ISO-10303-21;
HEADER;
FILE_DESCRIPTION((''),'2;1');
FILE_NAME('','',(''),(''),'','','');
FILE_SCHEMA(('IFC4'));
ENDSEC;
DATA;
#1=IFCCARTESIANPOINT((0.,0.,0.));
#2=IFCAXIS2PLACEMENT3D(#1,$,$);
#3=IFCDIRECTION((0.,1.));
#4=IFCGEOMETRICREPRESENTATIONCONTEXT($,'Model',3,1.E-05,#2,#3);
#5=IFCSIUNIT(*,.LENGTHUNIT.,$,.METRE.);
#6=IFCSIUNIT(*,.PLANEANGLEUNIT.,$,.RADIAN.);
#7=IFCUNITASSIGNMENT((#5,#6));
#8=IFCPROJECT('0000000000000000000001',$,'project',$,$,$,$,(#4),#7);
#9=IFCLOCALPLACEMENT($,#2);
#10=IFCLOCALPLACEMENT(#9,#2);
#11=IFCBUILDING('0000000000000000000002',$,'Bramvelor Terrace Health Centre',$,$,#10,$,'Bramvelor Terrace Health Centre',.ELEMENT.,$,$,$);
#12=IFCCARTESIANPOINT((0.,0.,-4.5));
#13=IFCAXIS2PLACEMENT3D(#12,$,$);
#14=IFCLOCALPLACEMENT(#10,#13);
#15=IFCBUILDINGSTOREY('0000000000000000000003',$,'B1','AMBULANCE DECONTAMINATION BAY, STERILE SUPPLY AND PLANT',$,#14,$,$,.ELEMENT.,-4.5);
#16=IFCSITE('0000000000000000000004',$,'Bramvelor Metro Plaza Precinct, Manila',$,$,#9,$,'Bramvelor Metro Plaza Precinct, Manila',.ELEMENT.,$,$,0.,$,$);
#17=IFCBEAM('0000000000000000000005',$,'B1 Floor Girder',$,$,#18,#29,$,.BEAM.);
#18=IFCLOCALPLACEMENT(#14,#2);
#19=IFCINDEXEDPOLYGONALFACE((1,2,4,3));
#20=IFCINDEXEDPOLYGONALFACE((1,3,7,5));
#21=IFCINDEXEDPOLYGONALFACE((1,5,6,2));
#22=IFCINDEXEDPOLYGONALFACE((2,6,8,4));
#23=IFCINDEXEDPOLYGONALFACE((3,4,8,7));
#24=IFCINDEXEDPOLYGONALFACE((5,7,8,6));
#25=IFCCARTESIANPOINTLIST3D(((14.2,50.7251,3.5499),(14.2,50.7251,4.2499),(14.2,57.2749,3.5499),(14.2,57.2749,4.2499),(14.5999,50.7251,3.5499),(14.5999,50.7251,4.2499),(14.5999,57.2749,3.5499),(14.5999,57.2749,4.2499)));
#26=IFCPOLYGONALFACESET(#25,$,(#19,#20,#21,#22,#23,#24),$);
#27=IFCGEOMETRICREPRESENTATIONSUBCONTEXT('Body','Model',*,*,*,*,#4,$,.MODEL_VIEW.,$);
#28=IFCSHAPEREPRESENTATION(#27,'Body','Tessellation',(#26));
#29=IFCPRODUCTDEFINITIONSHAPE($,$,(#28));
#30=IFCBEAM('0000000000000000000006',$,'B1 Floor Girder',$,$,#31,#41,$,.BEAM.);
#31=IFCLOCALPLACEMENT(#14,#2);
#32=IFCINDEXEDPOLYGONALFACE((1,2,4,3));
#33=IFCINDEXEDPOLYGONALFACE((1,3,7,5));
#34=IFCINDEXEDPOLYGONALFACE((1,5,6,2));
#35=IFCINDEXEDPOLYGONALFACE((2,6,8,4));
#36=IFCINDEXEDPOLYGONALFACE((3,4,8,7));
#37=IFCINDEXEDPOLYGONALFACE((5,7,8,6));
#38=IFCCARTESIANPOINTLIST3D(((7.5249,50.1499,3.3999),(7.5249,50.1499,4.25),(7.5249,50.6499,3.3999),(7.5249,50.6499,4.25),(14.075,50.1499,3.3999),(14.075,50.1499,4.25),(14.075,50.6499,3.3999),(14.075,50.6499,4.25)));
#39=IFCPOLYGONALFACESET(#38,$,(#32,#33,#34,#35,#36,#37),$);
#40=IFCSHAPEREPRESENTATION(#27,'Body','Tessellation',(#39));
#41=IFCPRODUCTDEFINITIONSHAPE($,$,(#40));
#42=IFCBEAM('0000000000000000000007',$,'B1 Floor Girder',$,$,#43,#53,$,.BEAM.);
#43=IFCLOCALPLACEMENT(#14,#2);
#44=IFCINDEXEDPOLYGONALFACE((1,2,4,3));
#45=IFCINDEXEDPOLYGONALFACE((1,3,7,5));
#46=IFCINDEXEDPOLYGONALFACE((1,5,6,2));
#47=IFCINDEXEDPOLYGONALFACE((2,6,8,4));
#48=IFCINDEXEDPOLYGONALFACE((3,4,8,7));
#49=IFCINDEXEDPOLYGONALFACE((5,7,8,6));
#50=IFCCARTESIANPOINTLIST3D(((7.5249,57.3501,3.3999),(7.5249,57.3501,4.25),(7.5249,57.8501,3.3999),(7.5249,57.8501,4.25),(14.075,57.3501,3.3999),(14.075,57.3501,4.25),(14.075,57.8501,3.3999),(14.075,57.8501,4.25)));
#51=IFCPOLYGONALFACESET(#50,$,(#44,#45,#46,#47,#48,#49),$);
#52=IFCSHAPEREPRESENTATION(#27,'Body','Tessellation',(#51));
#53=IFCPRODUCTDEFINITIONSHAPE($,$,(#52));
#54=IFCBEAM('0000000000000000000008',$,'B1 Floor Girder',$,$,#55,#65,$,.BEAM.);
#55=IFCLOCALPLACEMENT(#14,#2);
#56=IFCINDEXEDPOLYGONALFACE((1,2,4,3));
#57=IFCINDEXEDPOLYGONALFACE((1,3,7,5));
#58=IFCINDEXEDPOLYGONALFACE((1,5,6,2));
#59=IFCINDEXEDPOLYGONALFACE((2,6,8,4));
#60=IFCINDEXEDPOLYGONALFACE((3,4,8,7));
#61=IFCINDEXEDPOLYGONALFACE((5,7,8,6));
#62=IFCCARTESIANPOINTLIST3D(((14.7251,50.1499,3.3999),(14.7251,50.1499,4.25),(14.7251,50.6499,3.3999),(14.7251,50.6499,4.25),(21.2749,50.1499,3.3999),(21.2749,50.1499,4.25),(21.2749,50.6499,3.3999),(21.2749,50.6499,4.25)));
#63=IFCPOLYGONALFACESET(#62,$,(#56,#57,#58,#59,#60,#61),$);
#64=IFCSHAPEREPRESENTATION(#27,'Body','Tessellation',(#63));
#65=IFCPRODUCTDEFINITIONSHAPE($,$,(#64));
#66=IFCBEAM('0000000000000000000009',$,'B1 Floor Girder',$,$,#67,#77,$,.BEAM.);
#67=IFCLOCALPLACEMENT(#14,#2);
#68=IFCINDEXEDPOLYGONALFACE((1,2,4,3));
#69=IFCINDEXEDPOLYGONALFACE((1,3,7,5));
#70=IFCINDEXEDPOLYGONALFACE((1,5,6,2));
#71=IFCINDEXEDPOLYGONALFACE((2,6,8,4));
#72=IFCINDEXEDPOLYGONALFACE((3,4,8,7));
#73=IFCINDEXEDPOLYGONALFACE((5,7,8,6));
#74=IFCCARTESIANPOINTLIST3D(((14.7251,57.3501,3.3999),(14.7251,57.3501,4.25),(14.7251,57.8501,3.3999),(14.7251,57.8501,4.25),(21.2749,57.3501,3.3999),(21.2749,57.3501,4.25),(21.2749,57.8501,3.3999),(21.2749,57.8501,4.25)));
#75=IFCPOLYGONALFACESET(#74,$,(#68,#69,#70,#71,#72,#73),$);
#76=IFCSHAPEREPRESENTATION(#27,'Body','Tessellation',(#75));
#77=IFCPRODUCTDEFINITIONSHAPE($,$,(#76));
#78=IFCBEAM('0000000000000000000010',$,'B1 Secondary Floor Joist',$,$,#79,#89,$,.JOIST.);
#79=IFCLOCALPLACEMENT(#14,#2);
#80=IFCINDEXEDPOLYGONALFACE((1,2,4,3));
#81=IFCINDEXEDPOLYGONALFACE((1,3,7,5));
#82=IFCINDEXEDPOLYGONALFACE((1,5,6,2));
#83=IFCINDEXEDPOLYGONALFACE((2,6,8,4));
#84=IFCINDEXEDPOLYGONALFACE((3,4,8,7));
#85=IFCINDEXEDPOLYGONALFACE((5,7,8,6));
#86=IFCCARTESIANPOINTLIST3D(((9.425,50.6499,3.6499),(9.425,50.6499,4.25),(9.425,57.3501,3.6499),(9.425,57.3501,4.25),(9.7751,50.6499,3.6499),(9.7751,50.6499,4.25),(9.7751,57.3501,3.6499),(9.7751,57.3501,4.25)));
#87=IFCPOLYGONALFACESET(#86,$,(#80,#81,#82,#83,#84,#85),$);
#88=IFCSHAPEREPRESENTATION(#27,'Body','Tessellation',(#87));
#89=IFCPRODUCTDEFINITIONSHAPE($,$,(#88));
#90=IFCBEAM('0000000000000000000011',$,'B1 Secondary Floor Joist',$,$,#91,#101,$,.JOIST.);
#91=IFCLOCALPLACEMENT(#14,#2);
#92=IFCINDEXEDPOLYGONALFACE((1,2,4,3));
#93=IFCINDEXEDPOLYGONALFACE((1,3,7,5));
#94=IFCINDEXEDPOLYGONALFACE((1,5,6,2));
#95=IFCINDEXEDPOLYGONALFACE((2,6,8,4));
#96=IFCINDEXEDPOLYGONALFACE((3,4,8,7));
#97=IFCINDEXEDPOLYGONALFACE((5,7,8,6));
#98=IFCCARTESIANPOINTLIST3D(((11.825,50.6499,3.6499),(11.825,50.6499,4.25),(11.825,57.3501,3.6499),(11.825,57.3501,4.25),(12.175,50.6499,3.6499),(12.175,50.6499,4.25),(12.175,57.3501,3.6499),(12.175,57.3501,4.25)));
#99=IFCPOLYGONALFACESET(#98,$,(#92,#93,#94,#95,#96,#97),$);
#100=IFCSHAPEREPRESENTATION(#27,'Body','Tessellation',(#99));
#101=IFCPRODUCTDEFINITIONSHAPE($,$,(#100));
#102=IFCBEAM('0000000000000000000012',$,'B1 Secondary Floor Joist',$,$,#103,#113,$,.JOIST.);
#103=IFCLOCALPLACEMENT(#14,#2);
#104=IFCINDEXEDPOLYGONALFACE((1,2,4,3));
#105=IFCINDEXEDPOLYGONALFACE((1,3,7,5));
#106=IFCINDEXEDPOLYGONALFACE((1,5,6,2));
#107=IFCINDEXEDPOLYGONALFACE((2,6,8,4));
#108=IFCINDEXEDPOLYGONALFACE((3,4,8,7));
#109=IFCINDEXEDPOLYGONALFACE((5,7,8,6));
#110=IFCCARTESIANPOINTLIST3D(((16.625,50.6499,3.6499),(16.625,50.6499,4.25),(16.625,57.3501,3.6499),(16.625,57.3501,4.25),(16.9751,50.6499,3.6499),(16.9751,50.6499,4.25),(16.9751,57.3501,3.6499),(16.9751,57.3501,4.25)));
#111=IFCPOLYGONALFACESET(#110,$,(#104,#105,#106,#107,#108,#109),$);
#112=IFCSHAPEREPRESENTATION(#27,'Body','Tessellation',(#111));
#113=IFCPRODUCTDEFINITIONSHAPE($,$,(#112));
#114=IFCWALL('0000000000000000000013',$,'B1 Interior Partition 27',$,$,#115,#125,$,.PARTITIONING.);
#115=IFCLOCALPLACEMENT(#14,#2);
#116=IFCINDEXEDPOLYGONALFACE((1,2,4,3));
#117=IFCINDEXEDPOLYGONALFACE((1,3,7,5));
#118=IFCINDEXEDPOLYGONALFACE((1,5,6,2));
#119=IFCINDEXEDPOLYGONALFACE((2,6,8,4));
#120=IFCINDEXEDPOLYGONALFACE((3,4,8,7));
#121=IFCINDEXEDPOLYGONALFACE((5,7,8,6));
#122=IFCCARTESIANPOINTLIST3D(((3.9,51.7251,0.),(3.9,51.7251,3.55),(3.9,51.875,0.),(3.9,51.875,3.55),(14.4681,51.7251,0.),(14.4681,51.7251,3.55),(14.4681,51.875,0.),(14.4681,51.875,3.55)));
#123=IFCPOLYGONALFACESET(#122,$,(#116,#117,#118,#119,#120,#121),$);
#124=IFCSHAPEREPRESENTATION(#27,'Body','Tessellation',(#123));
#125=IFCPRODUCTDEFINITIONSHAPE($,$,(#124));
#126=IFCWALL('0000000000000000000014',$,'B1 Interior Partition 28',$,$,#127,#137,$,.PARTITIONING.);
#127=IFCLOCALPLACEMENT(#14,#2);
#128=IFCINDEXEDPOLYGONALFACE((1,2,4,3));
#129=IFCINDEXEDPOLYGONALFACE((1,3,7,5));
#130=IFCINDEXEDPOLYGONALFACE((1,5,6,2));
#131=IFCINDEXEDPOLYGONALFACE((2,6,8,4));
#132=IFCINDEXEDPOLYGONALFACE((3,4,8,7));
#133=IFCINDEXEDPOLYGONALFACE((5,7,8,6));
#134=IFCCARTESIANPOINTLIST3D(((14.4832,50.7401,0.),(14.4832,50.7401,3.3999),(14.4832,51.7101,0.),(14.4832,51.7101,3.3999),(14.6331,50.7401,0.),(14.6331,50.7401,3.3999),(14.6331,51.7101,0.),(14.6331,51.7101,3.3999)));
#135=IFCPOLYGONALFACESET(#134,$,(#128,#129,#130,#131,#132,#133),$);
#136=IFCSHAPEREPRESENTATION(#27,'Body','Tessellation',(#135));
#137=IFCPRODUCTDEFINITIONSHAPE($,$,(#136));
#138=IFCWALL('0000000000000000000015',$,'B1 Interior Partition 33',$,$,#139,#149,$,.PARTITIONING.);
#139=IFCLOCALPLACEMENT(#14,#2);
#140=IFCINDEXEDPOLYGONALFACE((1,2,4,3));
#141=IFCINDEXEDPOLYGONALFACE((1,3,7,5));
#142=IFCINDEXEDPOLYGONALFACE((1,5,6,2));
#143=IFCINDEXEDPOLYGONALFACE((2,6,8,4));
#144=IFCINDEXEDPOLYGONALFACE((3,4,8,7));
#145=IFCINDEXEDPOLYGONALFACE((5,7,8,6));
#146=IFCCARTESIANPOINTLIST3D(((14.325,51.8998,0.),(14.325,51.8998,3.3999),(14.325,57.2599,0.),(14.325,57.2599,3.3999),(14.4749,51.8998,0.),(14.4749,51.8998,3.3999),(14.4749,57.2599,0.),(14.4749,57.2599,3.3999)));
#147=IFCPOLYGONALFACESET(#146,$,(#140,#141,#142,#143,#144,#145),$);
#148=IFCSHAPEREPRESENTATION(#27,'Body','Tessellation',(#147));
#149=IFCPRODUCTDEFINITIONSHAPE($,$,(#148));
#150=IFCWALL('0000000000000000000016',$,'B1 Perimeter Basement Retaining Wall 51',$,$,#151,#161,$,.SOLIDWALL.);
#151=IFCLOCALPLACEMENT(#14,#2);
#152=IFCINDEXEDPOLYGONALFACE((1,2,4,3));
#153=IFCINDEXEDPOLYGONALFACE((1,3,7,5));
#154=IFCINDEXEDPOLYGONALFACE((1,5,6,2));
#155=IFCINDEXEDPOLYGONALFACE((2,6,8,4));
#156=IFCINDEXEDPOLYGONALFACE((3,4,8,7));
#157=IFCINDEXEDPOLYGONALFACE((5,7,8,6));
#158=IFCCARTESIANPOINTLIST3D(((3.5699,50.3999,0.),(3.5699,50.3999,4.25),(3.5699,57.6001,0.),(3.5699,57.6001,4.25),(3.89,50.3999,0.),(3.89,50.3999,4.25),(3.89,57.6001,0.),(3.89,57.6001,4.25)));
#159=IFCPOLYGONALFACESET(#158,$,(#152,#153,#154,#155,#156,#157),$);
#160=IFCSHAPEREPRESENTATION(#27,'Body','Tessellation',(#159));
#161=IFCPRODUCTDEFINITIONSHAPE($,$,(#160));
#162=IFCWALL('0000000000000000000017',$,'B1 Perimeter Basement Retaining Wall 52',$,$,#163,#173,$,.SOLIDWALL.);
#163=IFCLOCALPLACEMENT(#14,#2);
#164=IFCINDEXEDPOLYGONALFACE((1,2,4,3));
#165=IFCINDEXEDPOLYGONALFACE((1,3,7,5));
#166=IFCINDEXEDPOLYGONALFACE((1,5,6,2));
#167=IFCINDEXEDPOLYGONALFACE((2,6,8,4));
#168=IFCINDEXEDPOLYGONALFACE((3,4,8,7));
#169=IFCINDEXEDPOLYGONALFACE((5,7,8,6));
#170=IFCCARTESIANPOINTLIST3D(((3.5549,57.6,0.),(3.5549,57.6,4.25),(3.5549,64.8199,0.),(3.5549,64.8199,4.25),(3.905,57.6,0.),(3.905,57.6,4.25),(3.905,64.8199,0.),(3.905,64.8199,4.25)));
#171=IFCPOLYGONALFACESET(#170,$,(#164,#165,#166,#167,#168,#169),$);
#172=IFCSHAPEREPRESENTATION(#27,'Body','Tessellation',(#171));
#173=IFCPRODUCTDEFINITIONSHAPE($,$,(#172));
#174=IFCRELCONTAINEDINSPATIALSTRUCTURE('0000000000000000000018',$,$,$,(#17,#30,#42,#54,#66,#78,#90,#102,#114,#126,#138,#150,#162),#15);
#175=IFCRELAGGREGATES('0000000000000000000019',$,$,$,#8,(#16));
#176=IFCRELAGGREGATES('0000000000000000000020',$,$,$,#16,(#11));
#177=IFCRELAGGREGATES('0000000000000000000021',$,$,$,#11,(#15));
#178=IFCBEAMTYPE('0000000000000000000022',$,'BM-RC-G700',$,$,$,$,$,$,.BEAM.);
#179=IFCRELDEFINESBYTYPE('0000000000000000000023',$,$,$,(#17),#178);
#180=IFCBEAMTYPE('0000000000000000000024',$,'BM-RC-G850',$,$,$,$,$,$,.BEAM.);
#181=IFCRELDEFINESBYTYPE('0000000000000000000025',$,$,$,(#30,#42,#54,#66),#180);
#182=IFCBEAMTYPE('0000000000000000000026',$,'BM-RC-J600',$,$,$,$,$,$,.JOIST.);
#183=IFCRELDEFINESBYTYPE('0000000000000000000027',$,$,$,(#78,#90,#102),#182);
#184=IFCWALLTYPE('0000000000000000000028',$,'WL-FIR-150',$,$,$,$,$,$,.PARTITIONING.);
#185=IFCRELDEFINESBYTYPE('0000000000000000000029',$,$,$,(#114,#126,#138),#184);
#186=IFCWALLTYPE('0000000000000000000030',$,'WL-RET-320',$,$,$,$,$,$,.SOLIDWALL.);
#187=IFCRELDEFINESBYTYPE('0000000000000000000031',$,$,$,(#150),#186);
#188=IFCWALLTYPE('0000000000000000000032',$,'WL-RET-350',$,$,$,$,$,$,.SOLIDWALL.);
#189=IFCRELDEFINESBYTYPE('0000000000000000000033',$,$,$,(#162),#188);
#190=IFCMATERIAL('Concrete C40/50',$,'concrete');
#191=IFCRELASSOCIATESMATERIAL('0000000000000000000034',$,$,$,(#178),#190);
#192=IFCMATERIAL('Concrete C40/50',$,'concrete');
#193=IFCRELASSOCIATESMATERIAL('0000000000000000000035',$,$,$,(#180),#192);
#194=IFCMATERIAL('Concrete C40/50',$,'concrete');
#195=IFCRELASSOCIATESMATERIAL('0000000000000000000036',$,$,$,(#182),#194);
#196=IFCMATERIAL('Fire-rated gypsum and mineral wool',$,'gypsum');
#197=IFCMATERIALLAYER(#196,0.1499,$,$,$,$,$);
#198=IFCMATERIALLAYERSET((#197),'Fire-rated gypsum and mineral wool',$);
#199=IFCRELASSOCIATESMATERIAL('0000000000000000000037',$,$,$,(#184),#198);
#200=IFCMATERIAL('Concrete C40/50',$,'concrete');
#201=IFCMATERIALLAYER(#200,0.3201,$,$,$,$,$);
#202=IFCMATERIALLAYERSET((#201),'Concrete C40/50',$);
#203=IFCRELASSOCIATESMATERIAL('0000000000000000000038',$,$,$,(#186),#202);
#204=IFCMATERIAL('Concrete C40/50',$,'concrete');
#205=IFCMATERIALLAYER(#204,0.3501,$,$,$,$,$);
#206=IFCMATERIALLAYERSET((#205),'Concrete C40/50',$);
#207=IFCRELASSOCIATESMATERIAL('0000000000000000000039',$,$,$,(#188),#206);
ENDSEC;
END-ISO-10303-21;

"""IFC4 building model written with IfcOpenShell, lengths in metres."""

from ifc_helpers import new_model, si_unit, direction, frame, frame_2d, origin, origin_2d, place, context, subcontext, project, spatial, rectangle, extrude, material, layer, layer_set, material_profile, profile_set, type_object, element, save


model = new_model("IFC4")

# Units and contexts
model_context = context("Model", 3, precision=1e-05, world=origin(), true_north=direction((0.0, 1.0)))
body_context = subcontext(model_context, "Body", "Model", "MODEL_VIEW")
ifc_project = project(units=[si_unit("LENGTHUNIT", "METRE"), si_unit("PLANEANGLEUNIT", "RADIAN")], contexts=[model_context])

# Site, building, storey
site_placement = place(None, origin())
site = spatial("IfcSite", under=ifc_project, at=site_placement, Name="Bramvelor Metro Plaza Precinct, Manila", LongName="Bramvelor Metro Plaza Precinct, Manila", CompositionType="ELEMENT", RefElevation=0.0)
building_placement = place(site_placement, origin())
building = spatial("IfcBuilding", under=site, at=building_placement, Name="Bramvelor Terrace Health Centre", LongName="Bramvelor Terrace Health Centre", CompositionType="ELEMENT")
storey_placement = place(building_placement, frame((0.0, 0.0, -4.5)))
storey = spatial("IfcBuildingStorey", under=building, at=storey_placement, Name="B1", Description="AMBULANCE DECONTAMINATION BAY, STERILE SUPPLY AND PLANT", CompositionType="ELEMENT", Elevation=-4.5)

# Beams
ifc_material_1 = material(Name="Concrete C40/50", Category="concrete")
ifc_material_profile_1 = material_profile(ifc_material_1, rectangle(XDim=0.3999, YDim=0.7, at=origin_2d()), Name="RC 400x700")
ifc_profile_set_1 = profile_set([ifc_material_profile_1], Name="Concrete C40/50")
beam_type_1 = type_object("IfcBeamType", Name="BM-RC-G700", PredefinedType="BEAM", material=ifc_profile_set_1)
for number, where, z_axis, x_axis, name in (
    (1, (14.3999, 50.7251, 3.8999), (0.0, 1.0, 0.0), (-1.0, 0.0, 0.0), "B1 Floor Girder"),
):
    element("IfcBeam", number, at=place(storey_placement, frame(where, z_axis=z_axis, x_axis=x_axis)), inside=storey, type_object=beam_type_1, Name=name, PredefinedType="BEAM", context=body_context, shape_type="SweptSolid", body=[
        extrude(rectangle(XDim=0.3999, YDim=0.7, at=origin_2d()), origin(), (0.0, 0.0, 1.0), 6.5498),
    ])
ifc_material_2 = material(Name="Concrete C40/50", Category="concrete")
ifc_material_profile_2 = material_profile(ifc_material_2, rectangle(XDim=0.5, YDim=0.8501, at=origin_2d()), Name="RC 500x850")
ifc_profile_set_2 = profile_set([ifc_material_profile_2], Name="Concrete C40/50")
beam_type_2 = type_object("IfcBeamType", Name="BM-RC-G850", PredefinedType="BEAM", material=ifc_profile_set_2)
for number, where, z_axis, x_axis, name in (
    (2, (7.5249, 50.3999, 3.825), (1.0, 0.0, 0.0), (0.0, 1.0, 0.0), "B1 Floor Girder"),
    (3, (7.5249, 57.6001, 3.825), (1.0, 0.0, 0.0), (0.0, 1.0, 0.0), "B1 Floor Girder"),
):
    element("IfcBeam", number, at=place(storey_placement, frame(where, z_axis=z_axis, x_axis=x_axis)), inside=storey, type_object=beam_type_2, Name=name, PredefinedType="BEAM", context=body_context, shape_type="SweptSolid", body=[
        extrude(rectangle(XDim=0.5, YDim=0.8501, at=origin_2d()), origin(), (0.0, 0.0, 1.0), 6.55),
    ])
for number, where, z_axis, x_axis, name in (
    (4, (14.7251, 50.3999, 3.825), (1.0, 0.0, 0.0), (0.0, 1.0, 0.0), "B1 Floor Girder"),
    (5, (14.7251, 57.6001, 3.825), (1.0, 0.0, 0.0), (0.0, 1.0, 0.0), "B1 Floor Girder"),
):
    element("IfcBeam", number, at=place(storey_placement, frame(where, z_axis=z_axis, x_axis=x_axis)), inside=storey, type_object=beam_type_2, Name=name, PredefinedType="BEAM", context=body_context, shape_type="SweptSolid", body=[
        extrude(rectangle(XDim=0.5, YDim=0.8501, at=origin_2d()), origin(), (0.0, 0.0, 1.0), 6.5498),
    ])
ifc_material_3 = material(Name="Concrete C40/50", Category="concrete")
ifc_material_profile_3 = material_profile(ifc_material_3, rectangle(XDim=0.3501, YDim=0.6001, at=origin_2d()), Name="RC 350x600")
ifc_profile_set_3 = profile_set([ifc_material_profile_3], Name="Concrete C40/50")
beam_type_3 = type_object("IfcBeamType", Name="BM-RC-J600", PredefinedType="JOIST", material=ifc_profile_set_3)
for number, where, z_axis, x_axis, name in (
    (6, (9.6001, 50.6499, 3.95), (0.0, 1.0, 0.0), (-1.0, 0.0, 0.0), "B1 Secondary Floor Joist"),
    (7, (12.0, 50.6499, 3.95), (0.0, 1.0, 0.0), (-1.0, 0.0, 0.0), "B1 Secondary Floor Joist"),
    (8, (16.8, 50.6499, 3.95), (0.0, 1.0, 0.0), (-1.0, 0.0, 0.0), "B1 Secondary Floor Joist"),
):
    element("IfcBeam", number, at=place(storey_placement, frame(where, z_axis=z_axis, x_axis=x_axis)), inside=storey, type_object=beam_type_3, Name=name, PredefinedType="JOIST", context=body_context, shape_type="SweptSolid", body=[
        extrude(rectangle(XDim=0.3501, YDim=0.6001, at=origin_2d()), origin(), (0.0, 0.0, 1.0), 6.7002),
    ])

# Walls
ifc_material_4 = material(Name="Fire-rated gypsum and mineral wool", Category="gypsum")
ifc_layer_1 = layer(ifc_material_4, 0.1499)
ifc_layer_set_1 = layer_set([ifc_layer_1], Name="Fire-rated gypsum and mineral wool")
wall_type_1 = type_object("IfcWallType", Name="WL-FIR-150", PredefinedType="PARTITIONING", material=ifc_layer_set_1)
wall_1_placement = place(storey_placement, frame((3.8999, 51.8, 0.0), z_axis=(0.0, 0.0, 1.0), x_axis=(1.0, 0.0, 0.0)))
element("IfcWall", 9, at=wall_1_placement, inside=storey, type_object=wall_type_1, Name="B1 Interior Partition 27", PredefinedType="PARTITIONING", context=body_context, shape_type="SweptSolid", body=[
    extrude(rectangle(XDim=10.5681, YDim=0.1499, at=frame_2d((5.2842, 0.0))), origin(), (0.0, 0.0, 1.0), 3.55),
])
wall_2_placement = place(storey_placement, frame((14.5581, 51.71, 0.0), z_axis=(0.0, 0.0, 1.0), x_axis=(0.0, -1.0, 0.0)))
element("IfcWall", 10, at=wall_2_placement, inside=storey, type_object=wall_type_1, Name="B1 Interior Partition 28", PredefinedType="PARTITIONING", context=body_context, shape_type="SweptSolid", body=[
    extrude(rectangle(XDim=0.97, YDim=0.1499, at=frame_2d((0.4849, 0.0))), origin(), (0.0, 0.0, 1.0), 3.3999),
])
wall_3_placement = place(storey_placement, frame((14.3999, 57.26, 0.0), z_axis=(0.0, 0.0, 1.0), x_axis=(0.0, -1.0, 0.0)))
element("IfcWall", 11, at=wall_3_placement, inside=storey, type_object=wall_type_1, Name="B1 Interior Partition 33", PredefinedType="PARTITIONING", context=body_context, shape_type="SweptSolid", body=[
    extrude(rectangle(XDim=5.3601, YDim=0.1499, at=frame_2d((2.6802, 0.0))), origin(), (0.0, 0.0, 1.0), 3.3999),
])
ifc_material_5 = material(Name="Concrete C40/50", Category="concrete")
ifc_layer_2 = layer(ifc_material_5, 0.3201)
ifc_layer_set_2 = layer_set([ifc_layer_2], Name="Concrete C40/50")
wall_type_2 = type_object("IfcWallType", Name="WL-RET-320", PredefinedType="SOLIDWALL", material=ifc_layer_set_2)
wall_4_placement = place(storey_placement, frame((3.73, 50.3999, 0.0), z_axis=(0.0, 0.0, 1.0), x_axis=(0.0, 1.0, 0.0)))
element("IfcWall", 12, at=wall_4_placement, inside=storey, type_object=wall_type_2, Name="B1 Perimeter Basement Retaining Wall 51", PredefinedType="SOLIDWALL", context=body_context, shape_type="SweptSolid", body=[
    extrude(rectangle(XDim=7.2002, YDim=0.3201, at=frame_2d((3.6001, 0.0))), origin(), (0.0, 0.0, 1.0), 4.25),
])
ifc_material_6 = material(Name="Concrete C40/50", Category="concrete")
ifc_layer_3 = layer(ifc_material_6, 0.3501)
ifc_layer_set_3 = layer_set([ifc_layer_3], Name="Concrete C40/50")
wall_type_3 = type_object("IfcWallType", Name="WL-RET-350", PredefinedType="SOLIDWALL", material=ifc_layer_set_3)
wall_5_placement = place(storey_placement, frame((3.73, 57.6001, 0.0), z_axis=(0.0, 0.0, 1.0), x_axis=(0.0, 1.0, 0.0)))
element("IfcWall", 13, at=wall_5_placement, inside=storey, type_object=wall_type_3, Name="B1 Perimeter Basement Retaining Wall 52", PredefinedType="SOLIDWALL", context=body_context, shape_type="SweptSolid", body=[
    extrude(rectangle(XDim=7.22, YDim=0.3501, at=frame_2d((3.6099, 0.0))), origin(), (0.0, 0.0, 1.0), 4.25),
])

save(model, "model.ifc")
